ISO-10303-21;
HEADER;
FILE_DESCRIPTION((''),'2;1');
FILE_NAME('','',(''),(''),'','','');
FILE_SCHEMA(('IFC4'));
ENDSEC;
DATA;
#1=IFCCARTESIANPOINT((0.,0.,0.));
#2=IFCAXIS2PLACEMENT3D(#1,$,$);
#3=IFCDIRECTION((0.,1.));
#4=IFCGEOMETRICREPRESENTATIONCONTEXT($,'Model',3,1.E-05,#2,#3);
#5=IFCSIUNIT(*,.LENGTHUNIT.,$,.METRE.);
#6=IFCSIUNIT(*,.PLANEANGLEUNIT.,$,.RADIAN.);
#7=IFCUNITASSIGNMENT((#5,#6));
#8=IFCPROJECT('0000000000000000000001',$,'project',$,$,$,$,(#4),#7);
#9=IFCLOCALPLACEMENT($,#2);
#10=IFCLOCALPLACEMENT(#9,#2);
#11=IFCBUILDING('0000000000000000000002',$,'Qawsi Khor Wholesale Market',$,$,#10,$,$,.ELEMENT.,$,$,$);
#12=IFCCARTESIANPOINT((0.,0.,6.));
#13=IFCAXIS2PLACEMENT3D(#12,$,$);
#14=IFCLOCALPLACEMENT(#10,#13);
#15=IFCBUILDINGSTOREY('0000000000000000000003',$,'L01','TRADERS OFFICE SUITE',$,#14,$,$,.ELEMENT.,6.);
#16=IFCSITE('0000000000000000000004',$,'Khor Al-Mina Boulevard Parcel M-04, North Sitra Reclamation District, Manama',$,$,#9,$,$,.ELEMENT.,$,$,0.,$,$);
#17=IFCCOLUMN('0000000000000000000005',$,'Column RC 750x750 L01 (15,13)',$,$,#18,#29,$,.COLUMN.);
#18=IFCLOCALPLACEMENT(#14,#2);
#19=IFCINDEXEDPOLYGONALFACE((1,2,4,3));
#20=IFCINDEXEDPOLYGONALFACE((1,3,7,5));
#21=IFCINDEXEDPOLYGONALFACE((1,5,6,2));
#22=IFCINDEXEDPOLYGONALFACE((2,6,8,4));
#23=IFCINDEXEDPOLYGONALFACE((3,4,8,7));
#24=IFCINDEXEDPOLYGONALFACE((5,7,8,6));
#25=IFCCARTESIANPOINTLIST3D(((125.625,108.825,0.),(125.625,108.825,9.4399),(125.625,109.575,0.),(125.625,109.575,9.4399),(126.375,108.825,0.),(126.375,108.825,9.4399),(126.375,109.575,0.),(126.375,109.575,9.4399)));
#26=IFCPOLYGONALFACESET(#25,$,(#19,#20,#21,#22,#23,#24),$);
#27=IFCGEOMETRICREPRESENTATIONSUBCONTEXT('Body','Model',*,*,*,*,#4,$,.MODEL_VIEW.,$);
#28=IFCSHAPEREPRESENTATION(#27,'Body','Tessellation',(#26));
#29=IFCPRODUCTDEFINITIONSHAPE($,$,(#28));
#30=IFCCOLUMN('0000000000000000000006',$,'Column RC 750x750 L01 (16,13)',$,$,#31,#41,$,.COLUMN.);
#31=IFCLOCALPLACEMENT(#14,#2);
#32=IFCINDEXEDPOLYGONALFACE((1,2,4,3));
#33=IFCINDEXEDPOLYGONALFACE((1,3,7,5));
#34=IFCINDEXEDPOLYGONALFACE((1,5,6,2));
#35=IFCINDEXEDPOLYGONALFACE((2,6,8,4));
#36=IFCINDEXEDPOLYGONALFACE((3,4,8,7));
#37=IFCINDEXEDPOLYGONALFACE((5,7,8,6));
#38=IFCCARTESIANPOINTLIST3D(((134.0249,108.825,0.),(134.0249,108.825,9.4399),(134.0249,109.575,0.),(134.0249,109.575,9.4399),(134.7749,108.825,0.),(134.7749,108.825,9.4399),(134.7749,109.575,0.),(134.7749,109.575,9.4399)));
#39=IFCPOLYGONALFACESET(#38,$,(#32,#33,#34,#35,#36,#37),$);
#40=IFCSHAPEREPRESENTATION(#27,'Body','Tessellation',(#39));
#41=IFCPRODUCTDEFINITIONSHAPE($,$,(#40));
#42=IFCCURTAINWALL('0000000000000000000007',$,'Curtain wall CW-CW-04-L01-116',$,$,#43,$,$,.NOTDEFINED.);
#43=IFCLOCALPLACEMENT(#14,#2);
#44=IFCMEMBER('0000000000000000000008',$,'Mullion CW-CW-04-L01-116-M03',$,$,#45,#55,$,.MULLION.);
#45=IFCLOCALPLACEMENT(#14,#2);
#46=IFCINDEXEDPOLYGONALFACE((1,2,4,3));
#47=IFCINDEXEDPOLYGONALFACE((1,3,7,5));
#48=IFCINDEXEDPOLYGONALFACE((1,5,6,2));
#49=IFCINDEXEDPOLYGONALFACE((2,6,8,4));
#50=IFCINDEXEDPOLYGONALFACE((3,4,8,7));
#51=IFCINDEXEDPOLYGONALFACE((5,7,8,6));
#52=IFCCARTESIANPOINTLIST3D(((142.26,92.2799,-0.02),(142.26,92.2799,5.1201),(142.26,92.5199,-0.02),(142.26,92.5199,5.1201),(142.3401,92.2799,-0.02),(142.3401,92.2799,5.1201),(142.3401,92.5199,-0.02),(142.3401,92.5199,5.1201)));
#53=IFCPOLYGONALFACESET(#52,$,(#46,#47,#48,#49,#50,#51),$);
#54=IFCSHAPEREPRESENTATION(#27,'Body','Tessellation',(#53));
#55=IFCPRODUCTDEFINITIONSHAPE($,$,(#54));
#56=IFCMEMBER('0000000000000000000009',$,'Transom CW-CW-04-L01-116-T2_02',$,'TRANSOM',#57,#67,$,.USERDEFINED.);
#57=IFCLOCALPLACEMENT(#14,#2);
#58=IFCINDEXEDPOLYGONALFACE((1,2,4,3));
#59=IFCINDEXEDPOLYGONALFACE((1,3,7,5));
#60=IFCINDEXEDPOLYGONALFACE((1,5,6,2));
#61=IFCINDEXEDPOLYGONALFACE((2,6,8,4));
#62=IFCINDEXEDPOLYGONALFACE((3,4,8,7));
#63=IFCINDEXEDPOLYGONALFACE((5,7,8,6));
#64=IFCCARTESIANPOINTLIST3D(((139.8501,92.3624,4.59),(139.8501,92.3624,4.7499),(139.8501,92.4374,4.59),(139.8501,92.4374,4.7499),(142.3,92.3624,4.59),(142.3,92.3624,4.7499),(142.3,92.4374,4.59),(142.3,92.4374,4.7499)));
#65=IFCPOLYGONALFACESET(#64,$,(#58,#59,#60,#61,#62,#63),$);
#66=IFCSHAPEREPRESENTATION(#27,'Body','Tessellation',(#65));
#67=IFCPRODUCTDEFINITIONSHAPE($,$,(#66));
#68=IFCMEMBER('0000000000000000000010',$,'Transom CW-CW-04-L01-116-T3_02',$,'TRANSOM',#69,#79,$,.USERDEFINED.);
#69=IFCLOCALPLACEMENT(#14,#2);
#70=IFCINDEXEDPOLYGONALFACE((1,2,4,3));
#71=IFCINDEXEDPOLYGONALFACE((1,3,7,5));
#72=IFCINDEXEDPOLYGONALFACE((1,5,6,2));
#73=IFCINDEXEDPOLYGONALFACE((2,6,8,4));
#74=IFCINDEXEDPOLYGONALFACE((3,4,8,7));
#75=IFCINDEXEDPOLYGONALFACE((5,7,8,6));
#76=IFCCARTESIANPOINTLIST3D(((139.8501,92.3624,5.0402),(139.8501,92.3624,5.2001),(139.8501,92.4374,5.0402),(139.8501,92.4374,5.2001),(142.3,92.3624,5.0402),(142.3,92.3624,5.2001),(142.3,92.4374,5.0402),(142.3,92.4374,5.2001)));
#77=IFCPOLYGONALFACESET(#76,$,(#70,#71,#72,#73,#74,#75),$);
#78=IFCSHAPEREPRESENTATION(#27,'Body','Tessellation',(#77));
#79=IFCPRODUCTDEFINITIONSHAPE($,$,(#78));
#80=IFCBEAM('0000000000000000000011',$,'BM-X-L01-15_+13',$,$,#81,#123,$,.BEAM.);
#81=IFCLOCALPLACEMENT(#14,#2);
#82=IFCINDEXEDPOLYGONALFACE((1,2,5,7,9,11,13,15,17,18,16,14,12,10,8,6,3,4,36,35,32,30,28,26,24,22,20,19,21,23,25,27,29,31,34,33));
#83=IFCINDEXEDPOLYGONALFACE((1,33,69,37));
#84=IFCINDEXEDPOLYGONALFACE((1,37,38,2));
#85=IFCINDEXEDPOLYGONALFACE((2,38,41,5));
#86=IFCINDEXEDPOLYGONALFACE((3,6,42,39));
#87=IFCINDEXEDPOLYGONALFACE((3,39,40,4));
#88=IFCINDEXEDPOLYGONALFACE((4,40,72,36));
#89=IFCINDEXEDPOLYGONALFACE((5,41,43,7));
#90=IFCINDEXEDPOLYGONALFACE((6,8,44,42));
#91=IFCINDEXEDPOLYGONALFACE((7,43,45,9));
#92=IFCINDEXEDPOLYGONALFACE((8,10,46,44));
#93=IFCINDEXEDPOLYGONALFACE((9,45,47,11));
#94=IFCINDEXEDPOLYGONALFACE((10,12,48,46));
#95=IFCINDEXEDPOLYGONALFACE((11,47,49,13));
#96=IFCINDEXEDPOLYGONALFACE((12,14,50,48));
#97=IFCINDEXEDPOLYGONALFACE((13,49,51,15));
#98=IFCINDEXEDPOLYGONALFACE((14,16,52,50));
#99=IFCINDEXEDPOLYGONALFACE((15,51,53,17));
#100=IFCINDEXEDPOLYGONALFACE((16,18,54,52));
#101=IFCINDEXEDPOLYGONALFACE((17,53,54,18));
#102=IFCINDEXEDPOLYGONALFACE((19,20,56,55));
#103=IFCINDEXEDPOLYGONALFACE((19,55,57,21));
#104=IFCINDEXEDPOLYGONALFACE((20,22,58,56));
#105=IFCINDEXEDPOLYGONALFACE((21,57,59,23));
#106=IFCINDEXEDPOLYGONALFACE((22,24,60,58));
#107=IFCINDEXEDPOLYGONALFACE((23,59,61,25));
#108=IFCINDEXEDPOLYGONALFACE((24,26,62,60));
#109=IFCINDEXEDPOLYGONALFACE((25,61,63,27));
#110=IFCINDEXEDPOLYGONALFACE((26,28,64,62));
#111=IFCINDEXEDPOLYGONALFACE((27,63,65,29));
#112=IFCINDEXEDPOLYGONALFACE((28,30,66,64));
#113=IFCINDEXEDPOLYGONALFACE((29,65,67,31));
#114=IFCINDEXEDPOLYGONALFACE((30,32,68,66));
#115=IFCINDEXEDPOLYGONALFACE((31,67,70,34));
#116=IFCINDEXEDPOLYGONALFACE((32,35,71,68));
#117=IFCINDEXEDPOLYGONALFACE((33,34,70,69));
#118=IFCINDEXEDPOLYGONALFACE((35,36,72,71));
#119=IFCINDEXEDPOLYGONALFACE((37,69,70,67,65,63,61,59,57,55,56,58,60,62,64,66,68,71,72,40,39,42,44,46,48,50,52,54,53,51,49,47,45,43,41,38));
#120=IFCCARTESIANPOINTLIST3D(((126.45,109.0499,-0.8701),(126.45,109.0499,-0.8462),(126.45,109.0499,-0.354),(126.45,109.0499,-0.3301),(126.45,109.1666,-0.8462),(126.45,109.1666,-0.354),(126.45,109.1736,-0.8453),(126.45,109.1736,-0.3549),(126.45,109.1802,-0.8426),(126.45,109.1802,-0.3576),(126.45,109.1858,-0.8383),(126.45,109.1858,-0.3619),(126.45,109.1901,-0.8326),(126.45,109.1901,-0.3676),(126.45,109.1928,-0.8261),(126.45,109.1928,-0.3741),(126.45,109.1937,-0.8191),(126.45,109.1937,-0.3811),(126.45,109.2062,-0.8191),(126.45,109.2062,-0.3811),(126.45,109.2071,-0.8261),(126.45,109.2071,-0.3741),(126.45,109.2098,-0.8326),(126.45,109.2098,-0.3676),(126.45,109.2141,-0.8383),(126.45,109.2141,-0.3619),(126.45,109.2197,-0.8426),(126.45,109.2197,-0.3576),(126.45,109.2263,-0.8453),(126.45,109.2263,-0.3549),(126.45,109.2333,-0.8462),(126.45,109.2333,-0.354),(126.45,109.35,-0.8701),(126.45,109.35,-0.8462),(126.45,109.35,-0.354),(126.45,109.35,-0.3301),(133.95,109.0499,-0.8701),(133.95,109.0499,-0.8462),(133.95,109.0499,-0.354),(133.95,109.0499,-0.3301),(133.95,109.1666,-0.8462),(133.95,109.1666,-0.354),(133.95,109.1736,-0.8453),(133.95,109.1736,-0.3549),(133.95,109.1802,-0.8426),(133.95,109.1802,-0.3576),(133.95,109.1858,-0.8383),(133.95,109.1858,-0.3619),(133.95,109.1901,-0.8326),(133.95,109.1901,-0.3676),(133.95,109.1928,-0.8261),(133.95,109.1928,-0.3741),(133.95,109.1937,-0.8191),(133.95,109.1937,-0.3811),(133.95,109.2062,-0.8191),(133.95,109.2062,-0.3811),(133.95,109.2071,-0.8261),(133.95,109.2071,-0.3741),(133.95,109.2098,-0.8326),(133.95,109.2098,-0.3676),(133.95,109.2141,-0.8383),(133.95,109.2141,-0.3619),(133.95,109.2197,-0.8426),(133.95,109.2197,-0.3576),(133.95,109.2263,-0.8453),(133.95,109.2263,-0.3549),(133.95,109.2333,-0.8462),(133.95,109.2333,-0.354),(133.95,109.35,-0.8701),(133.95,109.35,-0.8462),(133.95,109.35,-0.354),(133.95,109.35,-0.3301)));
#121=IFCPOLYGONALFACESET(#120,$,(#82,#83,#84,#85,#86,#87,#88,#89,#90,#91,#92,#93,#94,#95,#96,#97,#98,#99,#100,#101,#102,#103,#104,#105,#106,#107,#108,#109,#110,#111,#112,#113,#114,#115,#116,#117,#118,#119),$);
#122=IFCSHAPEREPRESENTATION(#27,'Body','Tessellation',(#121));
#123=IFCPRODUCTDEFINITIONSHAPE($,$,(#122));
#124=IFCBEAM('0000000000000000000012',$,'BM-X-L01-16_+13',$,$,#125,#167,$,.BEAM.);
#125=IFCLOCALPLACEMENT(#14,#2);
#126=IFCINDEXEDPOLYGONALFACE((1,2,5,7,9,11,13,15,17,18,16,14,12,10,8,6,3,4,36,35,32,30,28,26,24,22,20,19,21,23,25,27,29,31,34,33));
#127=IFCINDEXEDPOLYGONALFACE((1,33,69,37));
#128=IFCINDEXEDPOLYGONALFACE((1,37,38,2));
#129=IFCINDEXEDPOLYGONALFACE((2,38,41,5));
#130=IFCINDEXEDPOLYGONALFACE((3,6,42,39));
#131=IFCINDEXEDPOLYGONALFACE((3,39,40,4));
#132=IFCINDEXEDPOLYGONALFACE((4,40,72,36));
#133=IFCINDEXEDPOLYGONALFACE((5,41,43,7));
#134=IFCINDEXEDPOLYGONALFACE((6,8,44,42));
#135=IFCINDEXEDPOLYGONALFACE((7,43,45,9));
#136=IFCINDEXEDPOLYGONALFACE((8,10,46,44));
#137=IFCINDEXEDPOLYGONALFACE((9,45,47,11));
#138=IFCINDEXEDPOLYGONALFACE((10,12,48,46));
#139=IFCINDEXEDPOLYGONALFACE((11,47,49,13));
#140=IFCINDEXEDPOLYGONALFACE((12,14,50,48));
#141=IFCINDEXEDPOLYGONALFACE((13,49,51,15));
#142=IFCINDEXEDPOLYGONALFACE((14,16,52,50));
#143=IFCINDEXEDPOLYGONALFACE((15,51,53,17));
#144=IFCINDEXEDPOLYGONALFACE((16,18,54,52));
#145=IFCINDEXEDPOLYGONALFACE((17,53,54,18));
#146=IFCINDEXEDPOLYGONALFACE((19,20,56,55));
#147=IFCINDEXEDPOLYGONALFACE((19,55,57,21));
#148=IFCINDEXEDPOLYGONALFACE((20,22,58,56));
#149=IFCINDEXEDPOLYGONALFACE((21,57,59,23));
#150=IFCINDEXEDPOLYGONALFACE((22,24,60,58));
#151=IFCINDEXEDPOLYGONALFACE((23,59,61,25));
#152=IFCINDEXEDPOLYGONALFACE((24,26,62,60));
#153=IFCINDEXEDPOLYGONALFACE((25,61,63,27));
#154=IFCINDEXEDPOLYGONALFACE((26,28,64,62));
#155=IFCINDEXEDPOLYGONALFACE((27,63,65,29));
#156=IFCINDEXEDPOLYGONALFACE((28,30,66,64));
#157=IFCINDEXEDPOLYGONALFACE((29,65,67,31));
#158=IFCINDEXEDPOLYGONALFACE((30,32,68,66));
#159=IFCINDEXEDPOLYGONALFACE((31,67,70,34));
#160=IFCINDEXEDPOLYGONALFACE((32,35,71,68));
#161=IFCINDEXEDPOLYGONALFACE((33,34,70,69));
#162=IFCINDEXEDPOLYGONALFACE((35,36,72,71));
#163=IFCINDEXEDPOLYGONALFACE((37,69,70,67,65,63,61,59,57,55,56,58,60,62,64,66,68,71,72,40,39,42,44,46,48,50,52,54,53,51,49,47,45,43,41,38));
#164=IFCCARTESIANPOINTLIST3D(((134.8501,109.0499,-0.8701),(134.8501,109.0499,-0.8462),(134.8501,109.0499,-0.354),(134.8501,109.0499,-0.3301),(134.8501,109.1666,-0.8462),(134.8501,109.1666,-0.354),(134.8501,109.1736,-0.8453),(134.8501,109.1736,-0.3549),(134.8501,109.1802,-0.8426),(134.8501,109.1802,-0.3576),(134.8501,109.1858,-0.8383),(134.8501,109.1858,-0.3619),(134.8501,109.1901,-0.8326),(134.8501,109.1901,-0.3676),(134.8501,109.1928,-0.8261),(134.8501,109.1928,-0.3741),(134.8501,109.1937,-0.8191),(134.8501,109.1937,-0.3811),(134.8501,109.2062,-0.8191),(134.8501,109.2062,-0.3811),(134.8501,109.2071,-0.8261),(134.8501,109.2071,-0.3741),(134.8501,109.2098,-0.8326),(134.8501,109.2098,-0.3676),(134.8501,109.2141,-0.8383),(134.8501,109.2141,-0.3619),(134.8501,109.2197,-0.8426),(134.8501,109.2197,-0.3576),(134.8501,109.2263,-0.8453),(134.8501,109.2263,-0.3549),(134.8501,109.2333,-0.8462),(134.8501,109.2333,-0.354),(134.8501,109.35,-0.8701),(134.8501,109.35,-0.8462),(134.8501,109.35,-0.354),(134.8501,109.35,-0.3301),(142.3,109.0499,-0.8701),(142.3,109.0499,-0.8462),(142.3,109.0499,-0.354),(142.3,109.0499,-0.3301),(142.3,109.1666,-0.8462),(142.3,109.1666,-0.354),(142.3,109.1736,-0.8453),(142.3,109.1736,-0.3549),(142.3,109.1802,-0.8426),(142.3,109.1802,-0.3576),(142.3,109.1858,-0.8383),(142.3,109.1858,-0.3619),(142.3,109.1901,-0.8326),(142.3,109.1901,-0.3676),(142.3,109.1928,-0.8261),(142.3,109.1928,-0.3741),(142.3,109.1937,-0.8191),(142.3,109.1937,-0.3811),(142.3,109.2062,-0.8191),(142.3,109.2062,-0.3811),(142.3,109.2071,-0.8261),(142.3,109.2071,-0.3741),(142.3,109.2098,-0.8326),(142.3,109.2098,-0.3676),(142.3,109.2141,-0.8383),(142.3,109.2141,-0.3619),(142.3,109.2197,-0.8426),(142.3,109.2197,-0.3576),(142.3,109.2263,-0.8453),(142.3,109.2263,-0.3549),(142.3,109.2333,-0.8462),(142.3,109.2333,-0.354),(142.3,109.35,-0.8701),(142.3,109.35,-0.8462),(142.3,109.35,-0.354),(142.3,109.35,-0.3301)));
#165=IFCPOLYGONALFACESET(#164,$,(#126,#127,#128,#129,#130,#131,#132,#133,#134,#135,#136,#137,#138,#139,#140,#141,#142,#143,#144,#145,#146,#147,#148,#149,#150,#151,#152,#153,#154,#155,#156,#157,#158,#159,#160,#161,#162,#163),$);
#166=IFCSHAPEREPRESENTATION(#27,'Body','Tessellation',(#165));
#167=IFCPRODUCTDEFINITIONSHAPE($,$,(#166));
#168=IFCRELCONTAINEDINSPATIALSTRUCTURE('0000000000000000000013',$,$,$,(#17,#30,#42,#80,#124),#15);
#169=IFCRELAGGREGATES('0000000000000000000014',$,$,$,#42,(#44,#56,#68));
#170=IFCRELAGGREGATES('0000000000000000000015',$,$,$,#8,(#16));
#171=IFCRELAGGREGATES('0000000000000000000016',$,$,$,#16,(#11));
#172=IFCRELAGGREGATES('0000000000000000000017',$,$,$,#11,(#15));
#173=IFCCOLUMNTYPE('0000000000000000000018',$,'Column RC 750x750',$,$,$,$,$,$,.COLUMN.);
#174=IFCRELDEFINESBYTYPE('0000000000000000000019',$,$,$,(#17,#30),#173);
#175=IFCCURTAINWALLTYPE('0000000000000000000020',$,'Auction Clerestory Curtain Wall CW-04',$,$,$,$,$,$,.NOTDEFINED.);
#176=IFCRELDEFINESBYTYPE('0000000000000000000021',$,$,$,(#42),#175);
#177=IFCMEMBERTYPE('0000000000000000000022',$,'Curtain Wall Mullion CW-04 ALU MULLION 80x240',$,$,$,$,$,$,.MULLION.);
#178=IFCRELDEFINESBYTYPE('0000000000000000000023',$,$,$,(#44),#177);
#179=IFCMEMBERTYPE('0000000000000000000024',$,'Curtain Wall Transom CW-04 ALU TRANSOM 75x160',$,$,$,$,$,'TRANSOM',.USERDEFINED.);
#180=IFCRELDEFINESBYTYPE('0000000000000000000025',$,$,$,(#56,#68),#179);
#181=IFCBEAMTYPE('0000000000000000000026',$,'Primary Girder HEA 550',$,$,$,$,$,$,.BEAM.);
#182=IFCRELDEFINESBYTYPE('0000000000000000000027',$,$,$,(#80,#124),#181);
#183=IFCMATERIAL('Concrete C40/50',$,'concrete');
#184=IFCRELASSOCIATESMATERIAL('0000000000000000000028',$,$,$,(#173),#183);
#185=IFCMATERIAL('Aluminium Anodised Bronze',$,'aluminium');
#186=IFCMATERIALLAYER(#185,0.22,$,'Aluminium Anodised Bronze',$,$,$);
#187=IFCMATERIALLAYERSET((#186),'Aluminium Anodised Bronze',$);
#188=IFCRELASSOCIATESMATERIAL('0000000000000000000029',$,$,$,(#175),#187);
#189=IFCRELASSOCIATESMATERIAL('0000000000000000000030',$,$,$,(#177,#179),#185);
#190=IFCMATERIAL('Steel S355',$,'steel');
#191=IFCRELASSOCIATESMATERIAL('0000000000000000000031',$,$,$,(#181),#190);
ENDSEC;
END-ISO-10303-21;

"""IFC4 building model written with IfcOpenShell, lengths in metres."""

from ifc_helpers import new_model, si_unit, direction, frame, origin, origin_2d, place, context, subcontext, project, spatial, rectangle, i_section, extrude, material, layer, layer_set, material_profile, profile_set, type_object, element, aggregate, save


model = new_model("IFC4")

# Units and contexts
model_context = context("Model", 3, precision=1e-05, world=origin(), true_north=direction((0.0, 1.0)))
body_context = subcontext(model_context, "Body", "Model", "MODEL_VIEW")
ifc_project = project(units=[si_unit("LENGTHUNIT", "METRE"), si_unit("PLANEANGLEUNIT", "RADIAN")], contexts=[model_context])

# Site, building, storey
site_placement = place(None, origin())
site = spatial("IfcSite", under=ifc_project, at=site_placement, Name="Khor Al-Mina Boulevard Parcel M-04, North Sitra Reclamation District, Manama", CompositionType="ELEMENT", RefElevation=0.0)
building_placement = place(site_placement, origin())
building = spatial("IfcBuilding", under=site, at=building_placement, Name="Qawsi Khor Wholesale Market", CompositionType="ELEMENT")
storey_placement = place(building_placement, frame((0.0, 0.0, 6.0)))
storey = spatial("IfcBuildingStorey", under=building, at=storey_placement, Name="L01", Description="TRADERS OFFICE SUITE", CompositionType="ELEMENT", Elevation=6.0)

# Columns
ifc_material_1 = material(Name="Concrete C40/50", Category="concrete")
ifc_material_profile_1 = material_profile(ifc_material_1, rectangle(XDim=0.75, YDim=0.75, at=origin_2d()), Name="RC 750x750")
ifc_profile_set_1 = profile_set([ifc_material_profile_1], Name="Concrete C40/50")
column_type = type_object("IfcColumnType", Name="Column RC 750x750", PredefinedType="COLUMN", material=ifc_profile_set_1)
for number, where, z_axis, x_axis, name in (
    (1, (126.0, 109.2, 0.0), (0.0, 0.0, 1.0), (1.0, 0.0, 0.0), "Column RC 750x750 L01 (15,13)"),
    (2, (134.3999, 109.2, 0.0), (0.0, 0.0, 1.0), (1.0, 0.0, 0.0), "Column RC 750x750 L01 (16,13)"),
):
    element("IfcColumn", number, at=place(storey_placement, frame(where, z_axis=z_axis, x_axis=x_axis)), inside=storey, type_object=column_type, Name=name, PredefinedType="COLUMN", context=body_context, shape_type="SweptSolid", body=[
        extrude(rectangle(XDim=0.75, YDim=0.75, at=origin_2d()), origin(), (0.0, 0.0, 1.0), 9.4399),
    ])

# Curtain wall, members
ifc_material_2 = material(Name="Aluminium Anodised Bronze", Category="aluminium")
ifc_layer_1 = layer(ifc_material_2, 0.22, Name="Aluminium Anodised Bronze")
ifc_layer_set_1 = layer_set([ifc_layer_1], Name="Aluminium Anodised Bronze")
curtain_wall_type = type_object("IfcCurtainWallType", Name="Auction Clerestory Curtain Wall CW-04", PredefinedType="NOTDEFINED", material=ifc_layer_set_1)
curtain_wall_placement = place(storey_placement, origin())
curtain_wall = element("IfcCurtainWall", 3, at=curtain_wall_placement, inside=storey, type_object=curtain_wall_type, Name="Curtain wall CW-CW-04-L01-116", PredefinedType="NOTDEFINED")
ifc_material_profile_2 = material_profile(ifc_material_2, rectangle(XDim=0.0801, YDim=0.24, at=origin_2d()), Name="ALU MULLION 80x240")
ifc_profile_set_2 = profile_set([ifc_material_profile_2], Name="Aluminium Anodised Bronze")
member_type_1 = type_object("IfcMemberType", Name="Curtain Wall Mullion CW-04 ALU MULLION 80x240", PredefinedType="MULLION", material=ifc_profile_set_2)
member_1_placement = place(storey_placement, frame((142.3, 92.3999, -0.02), z_axis=(0.0, 0.0, 1.0), x_axis=(1.0, 0.0, 0.0)))
member_1 = element("IfcMember", 4, at=member_1_placement, type_object=member_type_1, Name="Mullion CW-CW-04-L01-116-M03", PredefinedType="MULLION", context=body_context, shape_type="SweptSolid", body=[
    extrude(rectangle(XDim=0.0801, YDim=0.24, at=origin_2d()), origin(), (0.0, 0.0, 1.0), 5.1401),
])
ifc_material_profile_3 = material_profile(ifc_material_2, rectangle(XDim=0.075, YDim=0.1599, at=origin_2d()), Name="ALU TRANSOM 75x160")
ifc_profile_set_3 = profile_set([ifc_material_profile_3], Name="Aluminium Anodised Bronze")
member_type_2 = type_object("IfcMemberType", Name="Curtain Wall Transom CW-04 ALU TRANSOM 75x160", ElementType="TRANSOM", PredefinedType="USERDEFINED", material=ifc_profile_set_3)
member_2_placement = place(storey_placement, frame((139.8501, 92.3999, 4.6699), z_axis=(1.0, 0.0, 0.0), x_axis=(0.0, 1.0, 0.0)))
member_2 = element("IfcMember", 5, at=member_2_placement, type_object=member_type_2, Name="Transom CW-CW-04-L01-116-T2_02", ObjectType="TRANSOM", PredefinedType="USERDEFINED", context=body_context, shape_type="SweptSolid", body=[
    extrude(rectangle(XDim=0.075, YDim=0.1599, at=origin_2d()), origin(), (0.0, 0.0, 1.0), 2.45),
])
member_3_placement = place(storey_placement, frame((139.8501, 92.3999, 5.1201), z_axis=(1.0, 0.0, 0.0), x_axis=(0.0, 1.0, 0.0)))
member_3 = element("IfcMember", 6, at=member_3_placement, type_object=member_type_2, Name="Transom CW-CW-04-L01-116-T3_02", ObjectType="TRANSOM", PredefinedType="USERDEFINED", context=body_context, shape_type="SweptSolid", body=[
    extrude(rectangle(XDim=0.075, YDim=0.1599, at=origin_2d()), origin(), (0.0, 0.0, 1.0), 2.45),
])

# Beams
ifc_material_3 = material(Name="Steel S355", Category="steel")
ifc_material_profile_4 = material_profile(ifc_material_3, i_section(OverallWidth=0.3, OverallDepth=0.54, WebThickness=0.0125, FlangeThickness=0.0239, FilletRadius=0.0271, at=origin_2d()), Name="HEA 550")
ifc_profile_set_4 = profile_set([ifc_material_profile_4], Name="Steel S355")
beam_type_1 = type_object("IfcBeamType", Name="Primary Girder HEA 550", PredefinedType="BEAM", material=ifc_profile_set_4)
beam_1_placement = place(storey_placement, frame((126.45, 109.2, -0.6001), z_axis=(1.0, 0.0, 0.0), x_axis=(0.0, 1.0, 0.0)))
element("IfcBeam", 7, at=beam_1_placement, inside=storey, type_object=beam_type_1, Name="BM-X-L01-15_+13", PredefinedType="BEAM", context=body_context, shape_type="SweptSolid", body=[
    extrude(i_section(OverallWidth=0.3, OverallDepth=0.54, WebThickness=0.0125, FlangeThickness=0.0239, FilletRadius=0.0271, at=origin_2d()), origin(), (0.0, 0.0, 1.0), 7.5),
])
beam_2_placement = place(storey_placement, frame((134.8501, 109.2, -0.6001), z_axis=(1.0, 0.0, 0.0), x_axis=(0.0, 1.0, 0.0)))
element("IfcBeam", 8, at=beam_2_placement, inside=storey, type_object=beam_type_1, Name="BM-X-L01-16_+13", PredefinedType="BEAM", context=body_context, shape_type="SweptSolid", body=[
    extrude(i_section(OverallWidth=0.3, OverallDepth=0.54, WebThickness=0.0125, FlangeThickness=0.0239, FilletRadius=0.0271, at=origin_2d()), origin(), (0.0, 0.0, 1.0), 7.45),
])

aggregate(curtain_wall, [member_1, member_2, member_3])

save(model, "model.ifc")
